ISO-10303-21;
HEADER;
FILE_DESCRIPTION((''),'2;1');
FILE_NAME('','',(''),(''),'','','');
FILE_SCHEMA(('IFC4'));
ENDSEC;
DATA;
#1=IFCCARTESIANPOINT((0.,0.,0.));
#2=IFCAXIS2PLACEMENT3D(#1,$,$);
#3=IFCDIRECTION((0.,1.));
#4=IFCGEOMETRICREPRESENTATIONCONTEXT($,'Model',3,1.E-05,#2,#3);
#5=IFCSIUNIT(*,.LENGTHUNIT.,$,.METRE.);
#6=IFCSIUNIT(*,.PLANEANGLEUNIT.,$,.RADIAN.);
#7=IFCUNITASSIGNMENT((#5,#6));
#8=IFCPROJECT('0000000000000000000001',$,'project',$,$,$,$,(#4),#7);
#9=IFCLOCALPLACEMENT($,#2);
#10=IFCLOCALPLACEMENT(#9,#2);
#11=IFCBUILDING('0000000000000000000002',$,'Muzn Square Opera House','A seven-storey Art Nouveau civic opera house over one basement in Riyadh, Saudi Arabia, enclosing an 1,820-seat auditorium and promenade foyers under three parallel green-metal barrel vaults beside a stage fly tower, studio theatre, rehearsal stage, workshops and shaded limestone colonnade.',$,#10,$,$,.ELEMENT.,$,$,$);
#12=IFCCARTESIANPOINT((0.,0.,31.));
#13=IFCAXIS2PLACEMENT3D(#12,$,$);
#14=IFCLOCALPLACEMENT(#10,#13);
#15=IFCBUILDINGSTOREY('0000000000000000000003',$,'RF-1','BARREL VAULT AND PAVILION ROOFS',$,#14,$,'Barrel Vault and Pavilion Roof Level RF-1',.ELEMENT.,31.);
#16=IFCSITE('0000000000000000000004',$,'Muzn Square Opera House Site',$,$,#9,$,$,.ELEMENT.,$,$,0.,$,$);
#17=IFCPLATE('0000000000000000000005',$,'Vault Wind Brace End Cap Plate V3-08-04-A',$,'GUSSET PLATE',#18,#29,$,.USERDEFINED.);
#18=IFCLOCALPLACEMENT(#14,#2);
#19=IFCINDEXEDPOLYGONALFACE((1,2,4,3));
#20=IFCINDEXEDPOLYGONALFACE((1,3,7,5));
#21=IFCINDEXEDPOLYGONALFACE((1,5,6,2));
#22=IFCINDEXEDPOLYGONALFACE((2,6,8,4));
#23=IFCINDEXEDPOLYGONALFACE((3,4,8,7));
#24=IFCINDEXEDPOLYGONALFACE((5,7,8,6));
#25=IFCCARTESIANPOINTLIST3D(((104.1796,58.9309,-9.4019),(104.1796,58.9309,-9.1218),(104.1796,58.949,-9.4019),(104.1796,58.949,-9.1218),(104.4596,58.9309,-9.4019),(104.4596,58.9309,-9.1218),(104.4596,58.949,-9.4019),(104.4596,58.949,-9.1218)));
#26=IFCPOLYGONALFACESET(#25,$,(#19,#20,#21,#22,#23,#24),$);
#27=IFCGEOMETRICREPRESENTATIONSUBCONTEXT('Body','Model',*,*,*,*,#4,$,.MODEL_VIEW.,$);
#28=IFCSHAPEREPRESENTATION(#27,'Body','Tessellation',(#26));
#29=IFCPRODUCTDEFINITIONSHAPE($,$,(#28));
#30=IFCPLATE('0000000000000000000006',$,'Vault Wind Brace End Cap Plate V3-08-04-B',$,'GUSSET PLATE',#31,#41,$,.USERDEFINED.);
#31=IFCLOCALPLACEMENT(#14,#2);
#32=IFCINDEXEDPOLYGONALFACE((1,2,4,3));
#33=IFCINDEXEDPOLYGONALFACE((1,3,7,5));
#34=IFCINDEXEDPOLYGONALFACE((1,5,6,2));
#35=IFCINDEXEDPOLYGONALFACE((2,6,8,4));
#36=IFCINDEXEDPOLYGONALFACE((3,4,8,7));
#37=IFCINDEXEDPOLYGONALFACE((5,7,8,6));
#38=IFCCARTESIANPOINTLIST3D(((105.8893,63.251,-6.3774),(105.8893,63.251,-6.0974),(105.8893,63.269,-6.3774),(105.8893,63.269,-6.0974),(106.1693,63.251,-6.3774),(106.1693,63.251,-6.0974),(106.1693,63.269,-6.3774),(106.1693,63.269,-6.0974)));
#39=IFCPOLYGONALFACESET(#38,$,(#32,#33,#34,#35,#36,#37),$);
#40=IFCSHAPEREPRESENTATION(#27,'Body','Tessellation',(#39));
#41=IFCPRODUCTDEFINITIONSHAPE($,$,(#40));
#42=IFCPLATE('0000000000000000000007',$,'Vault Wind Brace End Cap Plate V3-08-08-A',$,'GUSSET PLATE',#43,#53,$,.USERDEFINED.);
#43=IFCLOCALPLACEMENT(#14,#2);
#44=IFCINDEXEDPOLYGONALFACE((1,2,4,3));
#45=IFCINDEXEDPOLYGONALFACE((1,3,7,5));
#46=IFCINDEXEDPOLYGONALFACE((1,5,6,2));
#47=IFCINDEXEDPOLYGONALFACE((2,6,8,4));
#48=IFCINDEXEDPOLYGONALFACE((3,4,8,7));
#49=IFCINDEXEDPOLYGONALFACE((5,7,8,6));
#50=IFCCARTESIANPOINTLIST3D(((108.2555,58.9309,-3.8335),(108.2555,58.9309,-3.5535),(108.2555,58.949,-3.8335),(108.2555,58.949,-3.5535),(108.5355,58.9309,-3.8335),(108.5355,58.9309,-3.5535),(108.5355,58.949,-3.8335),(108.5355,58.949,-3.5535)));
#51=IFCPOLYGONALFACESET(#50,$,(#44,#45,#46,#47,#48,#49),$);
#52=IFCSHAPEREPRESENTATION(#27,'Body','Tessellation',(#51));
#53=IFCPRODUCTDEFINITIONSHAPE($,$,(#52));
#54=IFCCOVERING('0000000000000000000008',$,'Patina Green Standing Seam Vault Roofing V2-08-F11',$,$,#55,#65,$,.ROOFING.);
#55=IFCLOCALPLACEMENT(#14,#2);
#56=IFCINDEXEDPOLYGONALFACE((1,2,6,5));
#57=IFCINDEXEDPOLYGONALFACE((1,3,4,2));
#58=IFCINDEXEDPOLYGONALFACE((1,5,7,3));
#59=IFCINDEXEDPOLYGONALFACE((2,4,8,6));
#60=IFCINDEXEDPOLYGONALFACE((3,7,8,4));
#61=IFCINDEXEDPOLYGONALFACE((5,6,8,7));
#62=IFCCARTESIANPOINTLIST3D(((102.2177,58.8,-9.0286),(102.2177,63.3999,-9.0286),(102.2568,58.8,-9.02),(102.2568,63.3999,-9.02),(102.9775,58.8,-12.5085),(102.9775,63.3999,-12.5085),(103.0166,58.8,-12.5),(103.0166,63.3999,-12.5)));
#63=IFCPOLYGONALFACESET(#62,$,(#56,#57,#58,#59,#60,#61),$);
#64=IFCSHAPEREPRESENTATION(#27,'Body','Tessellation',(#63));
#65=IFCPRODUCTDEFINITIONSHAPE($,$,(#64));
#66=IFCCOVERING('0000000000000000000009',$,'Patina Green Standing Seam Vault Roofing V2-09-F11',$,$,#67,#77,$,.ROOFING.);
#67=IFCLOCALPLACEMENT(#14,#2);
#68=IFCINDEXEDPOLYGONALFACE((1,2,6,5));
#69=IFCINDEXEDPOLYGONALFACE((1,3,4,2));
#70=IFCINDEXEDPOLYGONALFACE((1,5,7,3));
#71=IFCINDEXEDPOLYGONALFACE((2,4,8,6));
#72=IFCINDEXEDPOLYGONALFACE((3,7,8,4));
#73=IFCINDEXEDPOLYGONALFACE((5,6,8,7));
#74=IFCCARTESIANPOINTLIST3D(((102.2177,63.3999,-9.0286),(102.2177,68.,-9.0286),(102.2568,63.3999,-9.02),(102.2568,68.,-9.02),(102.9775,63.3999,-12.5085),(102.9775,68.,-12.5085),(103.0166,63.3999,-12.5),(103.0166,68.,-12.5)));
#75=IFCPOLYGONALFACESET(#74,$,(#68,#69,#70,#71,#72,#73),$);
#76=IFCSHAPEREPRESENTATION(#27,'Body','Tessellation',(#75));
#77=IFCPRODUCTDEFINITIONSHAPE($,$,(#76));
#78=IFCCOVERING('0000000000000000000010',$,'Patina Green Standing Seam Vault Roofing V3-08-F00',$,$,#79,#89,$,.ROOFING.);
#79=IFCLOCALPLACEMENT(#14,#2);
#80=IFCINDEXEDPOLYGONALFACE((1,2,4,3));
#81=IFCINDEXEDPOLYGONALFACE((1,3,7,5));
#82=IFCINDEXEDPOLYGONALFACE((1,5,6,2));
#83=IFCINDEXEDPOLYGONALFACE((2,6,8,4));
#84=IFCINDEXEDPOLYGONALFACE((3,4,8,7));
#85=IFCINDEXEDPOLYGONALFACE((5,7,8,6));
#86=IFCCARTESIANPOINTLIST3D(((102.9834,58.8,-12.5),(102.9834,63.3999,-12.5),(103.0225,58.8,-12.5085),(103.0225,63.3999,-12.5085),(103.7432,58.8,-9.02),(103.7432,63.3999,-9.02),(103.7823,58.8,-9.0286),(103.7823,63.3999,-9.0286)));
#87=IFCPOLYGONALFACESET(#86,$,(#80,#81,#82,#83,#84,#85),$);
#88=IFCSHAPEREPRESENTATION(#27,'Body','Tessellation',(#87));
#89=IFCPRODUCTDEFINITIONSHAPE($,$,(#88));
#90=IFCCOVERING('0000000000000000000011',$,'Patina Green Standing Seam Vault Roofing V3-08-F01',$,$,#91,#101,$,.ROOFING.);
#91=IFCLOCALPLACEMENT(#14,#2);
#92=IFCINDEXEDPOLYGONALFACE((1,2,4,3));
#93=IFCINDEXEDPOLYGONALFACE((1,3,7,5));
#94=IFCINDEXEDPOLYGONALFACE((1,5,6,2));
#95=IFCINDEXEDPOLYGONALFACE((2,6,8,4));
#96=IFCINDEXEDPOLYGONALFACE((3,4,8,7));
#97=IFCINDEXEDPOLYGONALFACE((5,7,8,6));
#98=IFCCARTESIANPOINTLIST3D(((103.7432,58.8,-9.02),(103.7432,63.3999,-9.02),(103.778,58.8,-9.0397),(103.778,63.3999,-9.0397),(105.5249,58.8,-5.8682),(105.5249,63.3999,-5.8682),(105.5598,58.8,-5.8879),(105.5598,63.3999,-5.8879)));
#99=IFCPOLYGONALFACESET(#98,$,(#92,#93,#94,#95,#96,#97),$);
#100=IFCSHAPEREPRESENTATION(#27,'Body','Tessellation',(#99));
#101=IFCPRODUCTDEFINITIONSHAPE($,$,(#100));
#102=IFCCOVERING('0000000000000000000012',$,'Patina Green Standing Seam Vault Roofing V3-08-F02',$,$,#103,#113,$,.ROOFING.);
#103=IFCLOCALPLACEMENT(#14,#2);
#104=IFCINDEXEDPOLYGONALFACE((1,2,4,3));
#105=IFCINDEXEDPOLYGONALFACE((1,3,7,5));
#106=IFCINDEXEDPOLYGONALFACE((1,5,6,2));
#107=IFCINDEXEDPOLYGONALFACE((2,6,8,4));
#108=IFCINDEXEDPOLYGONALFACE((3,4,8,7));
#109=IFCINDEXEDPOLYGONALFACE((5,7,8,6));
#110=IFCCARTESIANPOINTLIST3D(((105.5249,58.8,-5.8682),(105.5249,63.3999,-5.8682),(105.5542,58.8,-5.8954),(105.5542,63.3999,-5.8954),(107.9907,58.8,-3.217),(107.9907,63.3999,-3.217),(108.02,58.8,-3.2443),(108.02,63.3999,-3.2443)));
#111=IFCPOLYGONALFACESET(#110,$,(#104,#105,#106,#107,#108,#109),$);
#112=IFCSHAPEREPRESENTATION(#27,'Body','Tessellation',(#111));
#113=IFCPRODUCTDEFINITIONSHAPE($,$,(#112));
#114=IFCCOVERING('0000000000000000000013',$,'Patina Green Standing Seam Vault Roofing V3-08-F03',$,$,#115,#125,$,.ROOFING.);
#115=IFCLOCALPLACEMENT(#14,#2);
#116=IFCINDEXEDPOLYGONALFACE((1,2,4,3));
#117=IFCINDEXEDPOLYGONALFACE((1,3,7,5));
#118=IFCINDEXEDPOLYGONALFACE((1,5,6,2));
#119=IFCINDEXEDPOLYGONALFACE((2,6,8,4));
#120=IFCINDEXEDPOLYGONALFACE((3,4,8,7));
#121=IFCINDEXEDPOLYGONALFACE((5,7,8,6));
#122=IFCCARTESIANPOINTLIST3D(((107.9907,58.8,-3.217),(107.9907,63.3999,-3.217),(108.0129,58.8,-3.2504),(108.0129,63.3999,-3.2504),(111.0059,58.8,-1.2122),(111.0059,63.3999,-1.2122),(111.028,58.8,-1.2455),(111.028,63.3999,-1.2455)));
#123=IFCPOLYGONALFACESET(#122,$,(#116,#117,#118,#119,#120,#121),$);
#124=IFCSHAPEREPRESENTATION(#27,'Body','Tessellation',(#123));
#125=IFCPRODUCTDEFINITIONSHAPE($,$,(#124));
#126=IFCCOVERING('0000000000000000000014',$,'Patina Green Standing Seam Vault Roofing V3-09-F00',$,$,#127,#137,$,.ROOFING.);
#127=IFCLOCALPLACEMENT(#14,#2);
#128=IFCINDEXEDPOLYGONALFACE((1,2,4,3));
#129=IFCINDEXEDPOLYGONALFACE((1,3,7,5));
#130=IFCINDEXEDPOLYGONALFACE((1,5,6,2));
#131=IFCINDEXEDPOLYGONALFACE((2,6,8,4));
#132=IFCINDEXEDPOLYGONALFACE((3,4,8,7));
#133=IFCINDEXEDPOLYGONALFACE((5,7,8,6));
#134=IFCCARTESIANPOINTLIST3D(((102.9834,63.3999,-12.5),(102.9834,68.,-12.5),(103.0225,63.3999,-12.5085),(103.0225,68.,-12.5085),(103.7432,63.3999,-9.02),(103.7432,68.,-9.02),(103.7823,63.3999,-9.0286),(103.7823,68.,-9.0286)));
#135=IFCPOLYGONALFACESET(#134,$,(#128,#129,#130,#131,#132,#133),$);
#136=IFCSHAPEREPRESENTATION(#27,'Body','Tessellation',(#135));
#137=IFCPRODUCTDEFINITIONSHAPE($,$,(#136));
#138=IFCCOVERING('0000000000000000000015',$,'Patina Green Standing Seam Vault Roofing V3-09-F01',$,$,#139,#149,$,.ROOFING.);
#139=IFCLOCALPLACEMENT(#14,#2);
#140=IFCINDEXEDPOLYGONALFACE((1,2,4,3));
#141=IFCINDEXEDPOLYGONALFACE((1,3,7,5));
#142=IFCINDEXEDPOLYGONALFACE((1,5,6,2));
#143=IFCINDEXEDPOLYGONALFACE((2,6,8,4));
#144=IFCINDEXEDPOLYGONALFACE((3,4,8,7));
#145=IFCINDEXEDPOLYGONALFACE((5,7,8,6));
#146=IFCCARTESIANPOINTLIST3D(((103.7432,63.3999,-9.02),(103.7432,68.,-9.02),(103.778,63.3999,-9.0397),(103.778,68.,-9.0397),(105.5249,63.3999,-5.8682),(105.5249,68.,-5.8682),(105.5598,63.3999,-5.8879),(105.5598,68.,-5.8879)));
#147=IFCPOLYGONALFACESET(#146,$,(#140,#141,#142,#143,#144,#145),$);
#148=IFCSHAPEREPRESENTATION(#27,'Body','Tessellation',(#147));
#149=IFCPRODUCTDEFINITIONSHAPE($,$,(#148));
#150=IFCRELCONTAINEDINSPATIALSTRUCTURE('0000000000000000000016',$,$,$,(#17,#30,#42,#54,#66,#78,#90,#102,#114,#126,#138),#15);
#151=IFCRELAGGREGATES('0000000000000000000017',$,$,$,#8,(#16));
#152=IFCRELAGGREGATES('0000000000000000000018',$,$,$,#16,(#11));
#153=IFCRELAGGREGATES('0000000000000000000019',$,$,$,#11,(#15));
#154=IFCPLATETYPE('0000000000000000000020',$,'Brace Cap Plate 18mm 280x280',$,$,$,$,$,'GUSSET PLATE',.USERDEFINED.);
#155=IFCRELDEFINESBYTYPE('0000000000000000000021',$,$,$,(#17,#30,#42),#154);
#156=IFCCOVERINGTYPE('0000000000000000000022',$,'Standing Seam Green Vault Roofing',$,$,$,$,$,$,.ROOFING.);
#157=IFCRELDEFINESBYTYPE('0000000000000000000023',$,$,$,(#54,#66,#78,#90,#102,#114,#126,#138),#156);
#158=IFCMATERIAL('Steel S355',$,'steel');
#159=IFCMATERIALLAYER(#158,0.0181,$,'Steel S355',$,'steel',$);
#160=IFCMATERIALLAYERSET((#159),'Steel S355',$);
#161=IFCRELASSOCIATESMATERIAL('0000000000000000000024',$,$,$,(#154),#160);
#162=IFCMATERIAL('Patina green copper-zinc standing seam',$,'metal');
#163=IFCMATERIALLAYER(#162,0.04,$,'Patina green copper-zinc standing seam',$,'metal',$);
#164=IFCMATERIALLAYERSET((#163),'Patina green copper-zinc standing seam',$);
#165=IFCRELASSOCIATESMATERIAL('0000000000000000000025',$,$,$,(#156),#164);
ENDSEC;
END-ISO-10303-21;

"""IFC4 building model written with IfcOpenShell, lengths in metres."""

from ifc_helpers import new_model, si_unit, direction, frame, origin, origin_2d, place, context, subcontext, project, spatial, polyline, rectangle, outline, extrude, material, layer, layer_set, type_object, element, save


model = new_model("IFC4")

# Units and contexts
model_context = context("Model", 3, precision=1e-05, world=origin(), true_north=direction((0.0, 1.0)))
body_context = subcontext(model_context, "Body", "Model", "MODEL_VIEW")
ifc_project = project(units=[si_unit("LENGTHUNIT", "METRE"), si_unit("PLANEANGLEUNIT", "RADIAN")], contexts=[model_context])

# Site, building, storey
site_placement = place(None, origin())
site = spatial("IfcSite", under=ifc_project, at=site_placement, Name="Muzn Square Opera House Site", CompositionType="ELEMENT", RefElevation=0.0)
building_placement = place(site_placement, origin())
building = spatial("IfcBuilding", under=site, at=building_placement, Name="Muzn Square Opera House", Description="A seven-storey Art Nouveau civic opera house over one basement in Riyadh, Saudi Arabia, enclosing an 1,820-seat auditorium and promenade foyers under three parallel green-metal barrel vaults beside a stage fly tower, studio theatre, rehearsal stage, workshops and shaded limestone colonnade.", CompositionType="ELEMENT")
storey_placement = place(building_placement, frame((0.0, 0.0, 31.0)))
storey = spatial("IfcBuildingStorey", under=building, at=storey_placement, Name="RF-1", Description="BARREL VAULT AND PAVILION ROOFS", LongName="Barrel Vault and Pavilion Roof Level RF-1", CompositionType="ELEMENT", Elevation=31.0)

# Shared definitions
ifc_material_1 = material(Name="Steel S355", Category="steel")

# Shared definitions
ifc_material_2 = material(Name="Patina green copper-zinc standing seam", Category="metal")

# Plates
ifc_layer_1 = layer(ifc_material_1, 0.0181, Name="Steel S355", Category="steel")
ifc_layer_set_1 = layer_set([ifc_layer_1], Name="Steel S355")
plate_type = type_object("IfcPlateType", Name="Brace Cap Plate 18mm 280x280", ElementType="GUSSET PLATE", PredefinedType="USERDEFINED", material=ifc_layer_set_1)
for number, where, z_axis, x_axis, name in (
    (1, (104.3196, 58.9399, -9.4019), (0.0, 0.0, 1.0), (1.0, 0.0, 0.0), "Vault Wind Brace End Cap Plate V3-08-04-A"),
    (2, (106.0293, 63.26, -6.3774), (0.0, 0.0, 1.0), (1.0, 0.0, 0.0), "Vault Wind Brace End Cap Plate V3-08-04-B"),
    (3, (108.3955, 58.9399, -3.8335), (0.0, 0.0, 1.0), (1.0, 0.0, 0.0), "Vault Wind Brace End Cap Plate V3-08-08-A"),
):
    element("IfcPlate", number, at=place(storey_placement, frame(where, z_axis=z_axis, x_axis=x_axis)), inside=storey, type_object=plate_type, Name=name, ObjectType="GUSSET PLATE", PredefinedType="USERDEFINED", context=body_context, shape_type="SweptSolid", body=[
        extrude(rectangle(XDim=0.28, YDim=0.0181, at=origin_2d()), origin(), (0.0, 0.0, 1.0), 0.28),
    ])

# Coverings
ifc_layer_2 = layer(ifc_material_2, 0.04, Name="Patina green copper-zinc standing seam", Category="metal")
ifc_layer_set_2 = layer_set([ifc_layer_2], Name="Patina green copper-zinc standing seam")
covering_type = type_object("IfcCoveringType", Name="Standing Seam Green Vault Roofing", PredefinedType="ROOFING", material=ifc_layer_set_2)
covering_1_placement = place(storey_placement, frame((102.2568, 58.8, -9.02), z_axis=(0.976987, 0.0, 0.2133), x_axis=(0.2133, 0.0, -0.976987)))
element("IfcCovering", 4, at=covering_1_placement, inside=storey, type_object=covering_type, Name="Patina Green Standing Seam Vault Roofing V2-08-F11", PredefinedType="ROOFING", context=body_context, shape_type="SweptSolid", body=[
    extrude(outline(polyline([(0.0, 0.0), (3.562, 0.0), (3.562, 4.5999), (0.0, 4.5999), (0.0, 0.0)])), origin(), (0.0, 0.0, -1.0), 0.04),
])
covering_2_placement = place(storey_placement, frame((102.2568, 63.3999, -9.02), z_axis=(0.976987, 0.0, 0.2133), x_axis=(0.2133, 0.0, -0.976987)))
element("IfcCovering", 5, at=covering_2_placement, inside=storey, type_object=covering_type, Name="Patina Green Standing Seam Vault Roofing V2-09-F11", PredefinedType="ROOFING", context=body_context, shape_type="SweptSolid", body=[
    extrude(outline(polyline([(0.0, 0.0), (3.562, 0.0), (3.562, 4.6001), (0.0, 4.6001), (0.0, 0.0)])), origin(), (0.0, 0.0, -1.0), 0.04),
])
covering_3_placement = place(storey_placement, frame((103.7432, 58.8, -9.02), z_axis=(-0.976987, 0.0, 0.2133), x_axis=(0.0, 1.0, 0.0)))
element("IfcCovering", 6, at=covering_3_placement, inside=storey, type_object=covering_type, Name="Patina Green Standing Seam Vault Roofing V3-08-F00", PredefinedType="ROOFING", context=body_context, shape_type="SweptSolid", body=[
    extrude(outline(polyline([(0.0, 3.562), (0.0, 0.0), (4.5999, 0.0), (4.5999, 3.562), (0.0, 3.562)])), origin(), (0.0, 0.0, -1.0), 0.04),
])
covering_4_placement = place(storey_placement, frame((105.5249, 58.8, -5.8682), z_axis=(-0.870533, 0.0, 0.492111), x_axis=(0.0, 1.0, 0.0)))
element("IfcCovering", 7, at=covering_4_placement, inside=storey, type_object=covering_type, Name="Patina Green Standing Seam Vault Roofing V3-08-F01", PredefinedType="ROOFING", context=body_context, shape_type="SweptSolid", body=[
    extrude(outline(polyline([(0.0, 3.6206), (0.0, 0.0), (4.5999, 0.0), (4.5999, 3.6206), (0.0, 3.6206)])), origin(), (0.0, 0.0, -1.0), 0.04),
])
covering_5_placement = place(storey_placement, frame((107.9907, 58.8, -3.217), z_axis=(-0.732234, 0.0, 0.681053), x_axis=(0.0, 1.0, 0.0)))
element("IfcCovering", 8, at=covering_5_placement, inside=storey, type_object=covering_type, Name="Patina Green Standing Seam Vault Roofing V3-08-F02", PredefinedType="ROOFING", context=body_context, shape_type="SweptSolid", body=[
    extrude(outline(polyline([(0.0, 3.6206), (0.0, 0.0), (4.5999, 0.0), (4.5999, 3.6206), (0.0, 3.6206)])), origin(), (0.0, 0.0, -1.0), 0.04),
])
covering_6_placement = place(storey_placement, frame((111.0059, 58.8, -1.2122), z_axis=(-0.553704, 0.0, 0.832714), x_axis=(0.0, 1.0, 0.0)))
element("IfcCovering", 9, at=covering_6_placement, inside=storey, type_object=covering_type, Name="Patina Green Standing Seam Vault Roofing V3-08-F03", PredefinedType="ROOFING", context=body_context, shape_type="SweptSolid", body=[
    extrude(outline(polyline([(0.0, 3.6209), (0.0, 0.0), (4.5999, 0.0), (4.5999, 3.6209), (0.0, 3.6209)])), origin(), (0.0, 0.0, -1.0), 0.04),
])
covering_7_placement = place(storey_placement, frame((103.7432, 63.3999, -9.02), z_axis=(-0.976987, 0.0, 0.2133), x_axis=(0.0, 1.0, 0.0)))
element("IfcCovering", 10, at=covering_7_placement, inside=storey, type_object=covering_type, Name="Patina Green Standing Seam Vault Roofing V3-09-F00", PredefinedType="ROOFING", context=body_context, shape_type="SweptSolid", body=[
    extrude(outline(polyline([(0.0, 3.562), (0.0, 0.0), (4.6001, 0.0), (4.6001, 3.562), (0.0, 3.562)])), origin(), (0.0, 0.0, -1.0), 0.04),
])
covering_8_placement = place(storey_placement, frame((105.5249, 63.3999, -5.8682), z_axis=(-0.870533, 0.0, 0.492111), x_axis=(0.0, 1.0, 0.0)))
element("IfcCovering", 11, at=covering_8_placement, inside=storey, type_object=covering_type, Name="Patina Green Standing Seam Vault Roofing V3-09-F01", PredefinedType="ROOFING", context=body_context, shape_type="SweptSolid", body=[
    extrude(outline(polyline([(0.0, 3.6206), (0.0, 0.0), (4.6001, 0.0), (4.6001, 3.6206), (0.0, 3.6206)])), origin(), (0.0, 0.0, -1.0), 0.04),
])

save(model, "model.ifc")
